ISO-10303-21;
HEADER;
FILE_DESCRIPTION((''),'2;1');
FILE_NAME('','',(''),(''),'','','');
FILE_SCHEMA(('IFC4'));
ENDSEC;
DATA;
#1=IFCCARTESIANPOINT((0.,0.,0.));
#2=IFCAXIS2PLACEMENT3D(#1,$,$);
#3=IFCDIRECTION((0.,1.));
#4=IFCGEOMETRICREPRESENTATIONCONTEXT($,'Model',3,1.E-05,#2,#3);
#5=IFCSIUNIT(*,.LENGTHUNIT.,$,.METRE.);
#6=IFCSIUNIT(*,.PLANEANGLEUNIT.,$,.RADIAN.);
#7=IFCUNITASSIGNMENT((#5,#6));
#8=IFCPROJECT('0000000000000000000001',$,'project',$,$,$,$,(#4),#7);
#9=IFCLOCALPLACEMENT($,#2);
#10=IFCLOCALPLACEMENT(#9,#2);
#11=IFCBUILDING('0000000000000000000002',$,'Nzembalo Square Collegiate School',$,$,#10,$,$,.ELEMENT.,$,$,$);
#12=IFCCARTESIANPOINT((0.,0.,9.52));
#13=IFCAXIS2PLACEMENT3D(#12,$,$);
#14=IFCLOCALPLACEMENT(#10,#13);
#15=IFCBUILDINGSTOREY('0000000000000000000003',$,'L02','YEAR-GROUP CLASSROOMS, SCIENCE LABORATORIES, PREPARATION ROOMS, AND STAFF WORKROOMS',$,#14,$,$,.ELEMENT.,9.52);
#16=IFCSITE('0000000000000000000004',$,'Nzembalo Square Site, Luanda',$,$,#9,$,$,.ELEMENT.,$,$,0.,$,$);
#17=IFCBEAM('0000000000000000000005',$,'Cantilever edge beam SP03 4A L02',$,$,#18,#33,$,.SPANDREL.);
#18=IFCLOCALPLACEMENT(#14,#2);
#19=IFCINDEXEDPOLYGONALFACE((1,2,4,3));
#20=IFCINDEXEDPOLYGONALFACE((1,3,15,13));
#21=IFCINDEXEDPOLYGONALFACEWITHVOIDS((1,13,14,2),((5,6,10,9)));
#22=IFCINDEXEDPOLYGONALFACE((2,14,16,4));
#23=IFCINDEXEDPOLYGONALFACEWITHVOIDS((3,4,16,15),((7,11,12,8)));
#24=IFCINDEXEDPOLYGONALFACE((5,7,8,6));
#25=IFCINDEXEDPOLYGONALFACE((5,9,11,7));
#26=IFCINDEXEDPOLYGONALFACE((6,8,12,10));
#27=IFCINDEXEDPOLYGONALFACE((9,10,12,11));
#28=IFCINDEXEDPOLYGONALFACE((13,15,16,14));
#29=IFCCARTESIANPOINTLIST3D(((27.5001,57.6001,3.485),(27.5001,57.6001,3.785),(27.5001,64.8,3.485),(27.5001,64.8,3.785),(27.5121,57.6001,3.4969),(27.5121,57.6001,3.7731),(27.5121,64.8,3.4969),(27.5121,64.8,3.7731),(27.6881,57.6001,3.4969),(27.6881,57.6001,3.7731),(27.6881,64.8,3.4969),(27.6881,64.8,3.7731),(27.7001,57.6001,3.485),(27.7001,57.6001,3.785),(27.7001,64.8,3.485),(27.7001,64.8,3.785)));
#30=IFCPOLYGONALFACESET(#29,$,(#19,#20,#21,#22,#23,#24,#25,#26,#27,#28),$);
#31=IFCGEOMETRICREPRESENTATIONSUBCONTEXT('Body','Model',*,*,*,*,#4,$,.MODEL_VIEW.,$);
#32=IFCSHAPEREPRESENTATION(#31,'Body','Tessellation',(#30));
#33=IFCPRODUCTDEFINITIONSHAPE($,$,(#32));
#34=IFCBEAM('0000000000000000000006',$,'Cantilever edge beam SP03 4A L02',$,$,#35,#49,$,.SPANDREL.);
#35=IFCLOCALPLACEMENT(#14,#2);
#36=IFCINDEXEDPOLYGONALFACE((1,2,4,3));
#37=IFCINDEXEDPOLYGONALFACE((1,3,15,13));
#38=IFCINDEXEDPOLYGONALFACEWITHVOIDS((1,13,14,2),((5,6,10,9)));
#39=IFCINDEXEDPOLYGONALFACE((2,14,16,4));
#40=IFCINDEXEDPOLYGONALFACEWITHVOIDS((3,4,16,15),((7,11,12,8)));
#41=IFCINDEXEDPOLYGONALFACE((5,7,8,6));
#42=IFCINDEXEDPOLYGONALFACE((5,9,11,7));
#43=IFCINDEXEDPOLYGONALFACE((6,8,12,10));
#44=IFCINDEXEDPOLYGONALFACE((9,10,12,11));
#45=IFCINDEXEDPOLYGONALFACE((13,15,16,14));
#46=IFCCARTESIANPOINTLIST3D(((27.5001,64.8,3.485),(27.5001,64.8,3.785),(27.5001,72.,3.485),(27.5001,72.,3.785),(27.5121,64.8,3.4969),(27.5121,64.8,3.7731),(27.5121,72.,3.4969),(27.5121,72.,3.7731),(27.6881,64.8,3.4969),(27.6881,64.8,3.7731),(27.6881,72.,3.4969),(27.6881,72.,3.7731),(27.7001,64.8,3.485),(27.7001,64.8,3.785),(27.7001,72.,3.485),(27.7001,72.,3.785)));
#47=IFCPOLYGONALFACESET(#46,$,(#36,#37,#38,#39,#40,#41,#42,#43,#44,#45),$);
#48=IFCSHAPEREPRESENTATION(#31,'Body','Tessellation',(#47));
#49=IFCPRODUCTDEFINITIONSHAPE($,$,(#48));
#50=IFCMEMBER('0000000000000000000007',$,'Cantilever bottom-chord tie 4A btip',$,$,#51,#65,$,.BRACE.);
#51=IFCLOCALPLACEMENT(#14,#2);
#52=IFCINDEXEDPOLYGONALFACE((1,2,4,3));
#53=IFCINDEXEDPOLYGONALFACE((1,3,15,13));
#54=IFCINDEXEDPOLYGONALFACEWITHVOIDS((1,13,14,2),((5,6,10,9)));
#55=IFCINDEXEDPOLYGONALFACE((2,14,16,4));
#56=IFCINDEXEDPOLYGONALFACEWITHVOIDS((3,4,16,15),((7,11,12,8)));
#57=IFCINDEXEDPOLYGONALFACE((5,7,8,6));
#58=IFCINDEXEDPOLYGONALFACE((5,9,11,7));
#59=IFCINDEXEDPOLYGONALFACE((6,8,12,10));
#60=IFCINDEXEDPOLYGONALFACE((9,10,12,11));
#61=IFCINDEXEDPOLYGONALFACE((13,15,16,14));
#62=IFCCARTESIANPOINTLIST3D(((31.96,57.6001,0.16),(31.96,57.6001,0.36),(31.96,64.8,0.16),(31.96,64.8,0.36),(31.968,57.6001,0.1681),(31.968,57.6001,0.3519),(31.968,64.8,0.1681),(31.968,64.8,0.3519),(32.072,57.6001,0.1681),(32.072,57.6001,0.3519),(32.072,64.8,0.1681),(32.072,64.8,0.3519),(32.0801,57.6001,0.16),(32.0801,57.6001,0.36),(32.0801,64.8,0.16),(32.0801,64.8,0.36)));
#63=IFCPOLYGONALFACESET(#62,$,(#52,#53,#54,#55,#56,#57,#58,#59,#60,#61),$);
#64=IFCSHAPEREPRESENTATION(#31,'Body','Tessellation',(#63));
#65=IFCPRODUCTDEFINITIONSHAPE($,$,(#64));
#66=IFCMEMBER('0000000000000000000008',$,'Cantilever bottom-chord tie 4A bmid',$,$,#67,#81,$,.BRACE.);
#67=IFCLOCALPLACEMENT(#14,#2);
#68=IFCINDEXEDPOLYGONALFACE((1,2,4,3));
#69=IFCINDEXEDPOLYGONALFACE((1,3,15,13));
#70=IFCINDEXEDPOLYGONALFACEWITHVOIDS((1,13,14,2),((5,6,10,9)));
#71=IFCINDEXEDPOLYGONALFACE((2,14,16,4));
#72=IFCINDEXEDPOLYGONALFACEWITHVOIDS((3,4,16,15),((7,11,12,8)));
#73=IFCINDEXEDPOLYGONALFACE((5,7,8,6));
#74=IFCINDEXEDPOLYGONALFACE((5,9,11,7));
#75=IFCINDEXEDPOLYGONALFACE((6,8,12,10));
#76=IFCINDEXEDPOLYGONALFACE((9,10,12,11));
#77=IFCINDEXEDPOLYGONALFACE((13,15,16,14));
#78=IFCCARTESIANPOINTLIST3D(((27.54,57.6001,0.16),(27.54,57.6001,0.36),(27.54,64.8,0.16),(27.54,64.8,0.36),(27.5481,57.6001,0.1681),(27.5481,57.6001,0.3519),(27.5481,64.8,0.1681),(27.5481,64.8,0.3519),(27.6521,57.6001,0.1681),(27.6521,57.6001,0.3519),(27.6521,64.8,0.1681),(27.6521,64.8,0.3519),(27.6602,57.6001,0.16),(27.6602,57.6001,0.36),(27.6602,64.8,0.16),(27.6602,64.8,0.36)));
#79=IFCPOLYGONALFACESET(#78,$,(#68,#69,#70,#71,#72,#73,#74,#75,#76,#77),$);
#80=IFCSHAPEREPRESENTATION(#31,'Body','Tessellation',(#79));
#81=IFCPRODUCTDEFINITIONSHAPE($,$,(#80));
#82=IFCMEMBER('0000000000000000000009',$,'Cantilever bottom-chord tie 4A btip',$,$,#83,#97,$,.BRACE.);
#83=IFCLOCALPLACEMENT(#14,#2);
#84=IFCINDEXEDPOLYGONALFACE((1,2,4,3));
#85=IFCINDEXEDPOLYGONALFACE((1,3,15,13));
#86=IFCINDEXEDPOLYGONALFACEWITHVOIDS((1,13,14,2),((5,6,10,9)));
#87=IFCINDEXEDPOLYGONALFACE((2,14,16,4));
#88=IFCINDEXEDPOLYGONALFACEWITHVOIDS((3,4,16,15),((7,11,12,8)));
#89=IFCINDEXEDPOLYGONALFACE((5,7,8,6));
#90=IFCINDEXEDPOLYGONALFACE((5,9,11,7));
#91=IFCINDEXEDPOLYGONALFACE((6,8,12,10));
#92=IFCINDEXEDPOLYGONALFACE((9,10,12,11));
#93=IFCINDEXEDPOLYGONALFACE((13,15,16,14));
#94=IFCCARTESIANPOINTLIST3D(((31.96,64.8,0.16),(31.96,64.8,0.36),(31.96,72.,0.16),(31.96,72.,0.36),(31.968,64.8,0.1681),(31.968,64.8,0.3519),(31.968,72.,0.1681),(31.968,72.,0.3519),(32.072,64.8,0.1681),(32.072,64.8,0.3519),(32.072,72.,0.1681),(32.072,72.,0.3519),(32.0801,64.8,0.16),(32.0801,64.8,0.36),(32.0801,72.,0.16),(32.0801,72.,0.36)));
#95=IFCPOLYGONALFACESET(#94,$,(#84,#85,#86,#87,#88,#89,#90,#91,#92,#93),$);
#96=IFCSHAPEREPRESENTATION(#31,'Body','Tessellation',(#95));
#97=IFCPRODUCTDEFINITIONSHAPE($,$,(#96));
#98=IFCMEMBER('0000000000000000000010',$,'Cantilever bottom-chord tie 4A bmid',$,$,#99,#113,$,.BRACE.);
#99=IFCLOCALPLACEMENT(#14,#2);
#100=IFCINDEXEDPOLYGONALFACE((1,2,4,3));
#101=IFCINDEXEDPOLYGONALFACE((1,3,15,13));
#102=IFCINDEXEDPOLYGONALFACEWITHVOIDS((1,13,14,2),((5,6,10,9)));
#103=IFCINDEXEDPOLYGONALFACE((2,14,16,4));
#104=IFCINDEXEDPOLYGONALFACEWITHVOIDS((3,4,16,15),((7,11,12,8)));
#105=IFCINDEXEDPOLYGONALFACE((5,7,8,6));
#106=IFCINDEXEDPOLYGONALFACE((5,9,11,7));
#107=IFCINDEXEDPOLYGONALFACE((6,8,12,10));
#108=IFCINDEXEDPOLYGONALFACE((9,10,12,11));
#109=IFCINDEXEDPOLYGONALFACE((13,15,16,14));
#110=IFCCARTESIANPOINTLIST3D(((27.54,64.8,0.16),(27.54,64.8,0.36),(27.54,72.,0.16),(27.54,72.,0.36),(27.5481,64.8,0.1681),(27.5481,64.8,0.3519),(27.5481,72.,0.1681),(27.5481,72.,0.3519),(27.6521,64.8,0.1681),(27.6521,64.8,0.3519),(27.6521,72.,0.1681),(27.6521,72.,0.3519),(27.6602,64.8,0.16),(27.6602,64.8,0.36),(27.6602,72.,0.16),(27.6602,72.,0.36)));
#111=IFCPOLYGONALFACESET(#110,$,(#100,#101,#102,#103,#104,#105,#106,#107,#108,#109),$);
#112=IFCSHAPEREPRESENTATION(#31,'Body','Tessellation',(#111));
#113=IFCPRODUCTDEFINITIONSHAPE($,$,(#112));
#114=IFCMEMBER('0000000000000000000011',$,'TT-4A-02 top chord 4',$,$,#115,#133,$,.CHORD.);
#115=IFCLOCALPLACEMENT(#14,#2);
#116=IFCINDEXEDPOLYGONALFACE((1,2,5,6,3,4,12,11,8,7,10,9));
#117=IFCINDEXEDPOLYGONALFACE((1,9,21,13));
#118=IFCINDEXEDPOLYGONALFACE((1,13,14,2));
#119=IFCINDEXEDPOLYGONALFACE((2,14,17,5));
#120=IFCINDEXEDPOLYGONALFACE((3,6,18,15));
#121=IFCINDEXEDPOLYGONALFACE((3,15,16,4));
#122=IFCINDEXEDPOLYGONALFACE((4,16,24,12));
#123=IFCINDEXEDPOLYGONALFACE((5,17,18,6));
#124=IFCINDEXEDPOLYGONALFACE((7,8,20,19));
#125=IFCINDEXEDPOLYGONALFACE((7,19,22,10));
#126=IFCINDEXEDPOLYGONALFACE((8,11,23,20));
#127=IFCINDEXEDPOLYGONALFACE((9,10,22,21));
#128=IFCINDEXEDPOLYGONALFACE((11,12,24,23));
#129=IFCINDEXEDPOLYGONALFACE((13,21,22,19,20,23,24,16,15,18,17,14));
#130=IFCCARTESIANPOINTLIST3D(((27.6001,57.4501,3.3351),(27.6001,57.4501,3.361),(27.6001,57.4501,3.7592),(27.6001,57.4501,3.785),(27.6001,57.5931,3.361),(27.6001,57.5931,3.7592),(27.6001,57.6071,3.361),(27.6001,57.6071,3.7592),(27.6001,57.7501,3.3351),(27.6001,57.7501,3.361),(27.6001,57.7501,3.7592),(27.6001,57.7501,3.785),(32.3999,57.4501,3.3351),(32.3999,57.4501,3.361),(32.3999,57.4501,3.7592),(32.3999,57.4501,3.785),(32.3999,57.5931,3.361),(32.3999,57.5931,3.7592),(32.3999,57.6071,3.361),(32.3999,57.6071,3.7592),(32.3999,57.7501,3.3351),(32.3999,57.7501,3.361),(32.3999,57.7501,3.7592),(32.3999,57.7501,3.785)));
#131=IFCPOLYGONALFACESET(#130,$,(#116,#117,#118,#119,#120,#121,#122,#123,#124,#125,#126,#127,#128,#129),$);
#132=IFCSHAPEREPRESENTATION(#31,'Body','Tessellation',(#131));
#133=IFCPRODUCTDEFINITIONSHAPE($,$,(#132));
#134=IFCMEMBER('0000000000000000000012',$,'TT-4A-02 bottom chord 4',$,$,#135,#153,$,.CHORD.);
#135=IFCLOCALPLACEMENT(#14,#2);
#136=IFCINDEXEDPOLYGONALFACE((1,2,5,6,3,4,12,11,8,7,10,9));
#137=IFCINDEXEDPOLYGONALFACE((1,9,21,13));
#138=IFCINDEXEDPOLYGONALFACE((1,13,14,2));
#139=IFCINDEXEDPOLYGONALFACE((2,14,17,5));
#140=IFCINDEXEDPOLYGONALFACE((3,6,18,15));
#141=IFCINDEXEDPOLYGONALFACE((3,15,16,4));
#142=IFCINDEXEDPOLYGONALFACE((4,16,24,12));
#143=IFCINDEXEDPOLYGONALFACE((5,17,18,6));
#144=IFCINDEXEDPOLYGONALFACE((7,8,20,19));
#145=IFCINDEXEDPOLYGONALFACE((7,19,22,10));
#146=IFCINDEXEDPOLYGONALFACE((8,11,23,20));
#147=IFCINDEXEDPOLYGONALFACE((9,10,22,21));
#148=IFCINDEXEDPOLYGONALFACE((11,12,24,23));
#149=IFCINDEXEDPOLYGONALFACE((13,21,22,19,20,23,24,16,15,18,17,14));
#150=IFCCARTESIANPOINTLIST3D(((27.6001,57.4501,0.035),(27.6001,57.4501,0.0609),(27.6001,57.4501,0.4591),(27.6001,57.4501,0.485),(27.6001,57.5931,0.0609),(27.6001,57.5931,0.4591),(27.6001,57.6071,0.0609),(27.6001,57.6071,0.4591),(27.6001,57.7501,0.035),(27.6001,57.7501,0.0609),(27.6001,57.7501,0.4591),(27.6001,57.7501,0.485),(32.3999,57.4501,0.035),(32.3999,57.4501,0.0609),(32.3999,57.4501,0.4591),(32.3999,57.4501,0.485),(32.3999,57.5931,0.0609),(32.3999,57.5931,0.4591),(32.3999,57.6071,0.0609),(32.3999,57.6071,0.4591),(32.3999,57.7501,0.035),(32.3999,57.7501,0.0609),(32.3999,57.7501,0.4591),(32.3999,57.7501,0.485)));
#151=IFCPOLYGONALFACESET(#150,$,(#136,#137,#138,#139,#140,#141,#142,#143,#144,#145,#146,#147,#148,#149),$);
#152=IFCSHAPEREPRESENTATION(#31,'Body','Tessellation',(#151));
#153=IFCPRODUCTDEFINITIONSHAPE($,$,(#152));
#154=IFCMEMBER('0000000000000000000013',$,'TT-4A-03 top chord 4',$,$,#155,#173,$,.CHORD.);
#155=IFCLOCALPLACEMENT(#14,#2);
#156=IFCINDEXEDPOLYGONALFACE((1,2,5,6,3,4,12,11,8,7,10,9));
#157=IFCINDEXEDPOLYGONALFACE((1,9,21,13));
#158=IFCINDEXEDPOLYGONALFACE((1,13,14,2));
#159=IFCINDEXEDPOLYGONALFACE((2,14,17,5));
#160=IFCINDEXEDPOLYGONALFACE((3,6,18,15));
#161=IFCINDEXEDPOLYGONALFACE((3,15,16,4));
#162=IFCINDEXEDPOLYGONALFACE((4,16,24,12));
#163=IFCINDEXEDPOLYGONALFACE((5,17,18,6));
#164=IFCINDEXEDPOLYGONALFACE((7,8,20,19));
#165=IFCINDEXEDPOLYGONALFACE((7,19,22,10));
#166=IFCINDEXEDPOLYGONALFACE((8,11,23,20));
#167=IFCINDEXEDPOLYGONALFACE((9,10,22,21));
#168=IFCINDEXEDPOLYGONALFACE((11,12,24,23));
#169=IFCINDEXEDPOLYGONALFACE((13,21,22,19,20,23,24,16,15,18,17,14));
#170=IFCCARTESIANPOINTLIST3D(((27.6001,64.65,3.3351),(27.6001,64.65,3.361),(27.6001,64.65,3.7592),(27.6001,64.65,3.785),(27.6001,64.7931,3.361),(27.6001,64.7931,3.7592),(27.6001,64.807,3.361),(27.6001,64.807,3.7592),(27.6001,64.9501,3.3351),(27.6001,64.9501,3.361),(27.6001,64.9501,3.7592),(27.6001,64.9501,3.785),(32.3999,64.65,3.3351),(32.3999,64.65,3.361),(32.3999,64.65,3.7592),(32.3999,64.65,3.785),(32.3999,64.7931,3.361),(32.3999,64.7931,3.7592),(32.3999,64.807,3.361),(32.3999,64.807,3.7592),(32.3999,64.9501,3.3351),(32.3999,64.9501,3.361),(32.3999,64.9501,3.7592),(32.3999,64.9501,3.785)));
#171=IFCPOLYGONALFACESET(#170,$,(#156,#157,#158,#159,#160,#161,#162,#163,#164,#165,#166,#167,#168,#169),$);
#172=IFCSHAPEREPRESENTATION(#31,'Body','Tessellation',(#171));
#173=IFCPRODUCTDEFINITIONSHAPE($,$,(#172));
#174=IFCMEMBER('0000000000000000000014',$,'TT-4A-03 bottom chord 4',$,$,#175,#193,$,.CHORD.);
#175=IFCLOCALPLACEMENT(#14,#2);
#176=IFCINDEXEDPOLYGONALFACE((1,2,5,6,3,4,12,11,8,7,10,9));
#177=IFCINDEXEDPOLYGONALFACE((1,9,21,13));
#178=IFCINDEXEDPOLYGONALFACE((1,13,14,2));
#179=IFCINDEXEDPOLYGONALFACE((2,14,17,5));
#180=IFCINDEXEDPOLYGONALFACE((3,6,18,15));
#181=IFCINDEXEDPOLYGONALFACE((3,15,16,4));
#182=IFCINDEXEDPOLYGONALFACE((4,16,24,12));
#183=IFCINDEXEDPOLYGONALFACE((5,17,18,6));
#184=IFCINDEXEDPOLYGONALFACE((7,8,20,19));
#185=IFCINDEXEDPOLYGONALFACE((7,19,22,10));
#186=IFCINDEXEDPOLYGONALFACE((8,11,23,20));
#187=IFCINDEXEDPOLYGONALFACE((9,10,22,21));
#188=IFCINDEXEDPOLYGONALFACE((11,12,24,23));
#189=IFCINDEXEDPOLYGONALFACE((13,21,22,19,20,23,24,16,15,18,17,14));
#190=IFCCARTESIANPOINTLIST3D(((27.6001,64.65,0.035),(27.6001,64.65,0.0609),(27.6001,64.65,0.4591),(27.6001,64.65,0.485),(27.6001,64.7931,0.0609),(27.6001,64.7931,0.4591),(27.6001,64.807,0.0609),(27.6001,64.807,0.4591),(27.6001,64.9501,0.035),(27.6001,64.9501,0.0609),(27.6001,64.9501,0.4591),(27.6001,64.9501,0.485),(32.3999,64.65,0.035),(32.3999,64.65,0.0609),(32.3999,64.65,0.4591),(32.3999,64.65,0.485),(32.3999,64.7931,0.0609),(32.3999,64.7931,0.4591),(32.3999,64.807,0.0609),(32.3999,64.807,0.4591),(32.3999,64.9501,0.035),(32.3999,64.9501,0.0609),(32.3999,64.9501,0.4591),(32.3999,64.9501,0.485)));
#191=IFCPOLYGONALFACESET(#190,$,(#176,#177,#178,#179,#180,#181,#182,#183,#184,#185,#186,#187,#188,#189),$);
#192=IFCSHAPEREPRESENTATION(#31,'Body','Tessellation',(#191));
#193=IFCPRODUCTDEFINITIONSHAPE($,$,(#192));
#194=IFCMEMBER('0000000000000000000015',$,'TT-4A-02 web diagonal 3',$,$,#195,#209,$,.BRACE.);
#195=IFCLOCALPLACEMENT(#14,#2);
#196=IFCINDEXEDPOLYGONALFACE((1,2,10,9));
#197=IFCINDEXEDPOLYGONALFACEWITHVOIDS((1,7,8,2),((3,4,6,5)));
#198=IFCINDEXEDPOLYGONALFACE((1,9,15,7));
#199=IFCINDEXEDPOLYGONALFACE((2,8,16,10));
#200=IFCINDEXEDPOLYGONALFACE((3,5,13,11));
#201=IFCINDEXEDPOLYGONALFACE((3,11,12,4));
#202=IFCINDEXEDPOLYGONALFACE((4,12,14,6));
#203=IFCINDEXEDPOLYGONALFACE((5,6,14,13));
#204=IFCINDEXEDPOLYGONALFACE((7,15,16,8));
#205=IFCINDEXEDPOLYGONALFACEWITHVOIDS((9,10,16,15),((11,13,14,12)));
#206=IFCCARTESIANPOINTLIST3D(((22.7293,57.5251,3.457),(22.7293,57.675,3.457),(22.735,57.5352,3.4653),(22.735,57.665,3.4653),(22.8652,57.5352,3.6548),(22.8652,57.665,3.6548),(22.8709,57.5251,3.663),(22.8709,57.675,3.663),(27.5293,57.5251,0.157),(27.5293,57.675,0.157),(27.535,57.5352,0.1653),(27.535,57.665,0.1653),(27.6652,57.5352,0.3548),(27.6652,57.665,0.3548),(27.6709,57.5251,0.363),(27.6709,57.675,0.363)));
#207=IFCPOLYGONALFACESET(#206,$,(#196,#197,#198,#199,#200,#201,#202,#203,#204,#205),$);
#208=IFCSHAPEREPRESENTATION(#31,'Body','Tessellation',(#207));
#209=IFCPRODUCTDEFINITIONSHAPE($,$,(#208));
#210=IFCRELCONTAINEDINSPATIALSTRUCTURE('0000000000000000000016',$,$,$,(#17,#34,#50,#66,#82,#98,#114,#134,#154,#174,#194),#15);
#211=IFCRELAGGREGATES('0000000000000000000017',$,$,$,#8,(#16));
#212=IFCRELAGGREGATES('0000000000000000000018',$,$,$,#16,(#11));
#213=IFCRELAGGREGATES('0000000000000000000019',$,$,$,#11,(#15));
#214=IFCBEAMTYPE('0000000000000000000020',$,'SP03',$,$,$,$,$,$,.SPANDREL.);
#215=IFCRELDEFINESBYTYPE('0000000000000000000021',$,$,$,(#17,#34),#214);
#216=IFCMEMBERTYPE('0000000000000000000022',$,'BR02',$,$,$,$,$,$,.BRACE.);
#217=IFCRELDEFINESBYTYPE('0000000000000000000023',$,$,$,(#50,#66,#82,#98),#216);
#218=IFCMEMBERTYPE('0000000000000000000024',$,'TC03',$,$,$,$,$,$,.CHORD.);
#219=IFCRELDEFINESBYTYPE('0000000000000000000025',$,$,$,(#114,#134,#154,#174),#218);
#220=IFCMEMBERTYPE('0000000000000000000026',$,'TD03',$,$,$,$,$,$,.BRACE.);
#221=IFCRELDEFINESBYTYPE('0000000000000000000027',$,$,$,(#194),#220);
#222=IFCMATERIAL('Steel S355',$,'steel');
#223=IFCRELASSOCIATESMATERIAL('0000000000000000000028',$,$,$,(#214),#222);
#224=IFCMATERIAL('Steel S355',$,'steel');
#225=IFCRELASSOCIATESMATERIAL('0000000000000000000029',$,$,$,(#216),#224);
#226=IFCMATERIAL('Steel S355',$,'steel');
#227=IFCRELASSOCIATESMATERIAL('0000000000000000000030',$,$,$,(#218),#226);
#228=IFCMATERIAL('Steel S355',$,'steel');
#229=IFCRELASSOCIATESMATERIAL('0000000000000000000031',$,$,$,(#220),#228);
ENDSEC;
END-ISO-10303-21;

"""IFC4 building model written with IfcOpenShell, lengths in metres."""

from ifc_helpers import new_model, si_unit, direction, frame, origin, origin_2d, place, context, subcontext, project, spatial, hollow_rectangle, i_section, extrude, material, material_profile, profile_set, type_object, element, save


model = new_model("IFC4")

# Units and contexts
model_context = context("Model", 3, precision=1e-05, world=origin(), true_north=direction((0.0, 1.0)))
body_context = subcontext(model_context, "Body", "Model", "MODEL_VIEW")
ifc_project = project(units=[si_unit("LENGTHUNIT", "METRE"), si_unit("PLANEANGLEUNIT", "RADIAN")], contexts=[model_context])

# Site, building, storey
site_placement = place(None, origin())
site = spatial("IfcSite", under=ifc_project, at=site_placement, Name="Nzembalo Square Site, Luanda", CompositionType="ELEMENT", RefElevation=0.0)
building_placement = place(site_placement, origin())
building = spatial("IfcBuilding", under=site, at=building_placement, Name="Nzembalo Square Collegiate School", CompositionType="ELEMENT")
storey_placement = place(building_placement, frame((0.0, 0.0, 9.52)))
storey = spatial("IfcBuildingStorey", under=building, at=storey_placement, Name="L02", Description="YEAR-GROUP CLASSROOMS, SCIENCE LABORATORIES, PREPARATION ROOMS, AND STAFF WORKROOMS", CompositionType="ELEMENT", Elevation=9.52)

# Beams
ifc_material_1 = material(Name="Steel S355", Category="steel")
ifc_material_profile_1 = material_profile(ifc_material_1, hollow_rectangle(XDim=0.2, YDim=0.3, WallThickness=0.012, at=origin_2d()), Name="RHS 300x200x12")
ifc_profile_set_1 = profile_set([ifc_material_profile_1], Name="Steel S355")
beam_type = type_object("IfcBeamType", Name="SP03", PredefinedType="SPANDREL", material=ifc_profile_set_1)
for number, where, z_axis, x_axis, name in (
    (1, (27.6001, 57.6001, 3.635), (0.0, 1.0, 0.0), (-1.0, 0.0, 0.0), "Cantilever edge beam SP03 4A L02"),
    (2, (27.6001, 64.8, 3.635), (0.0, 1.0, 0.0), (-1.0, 0.0, 0.0), "Cantilever edge beam SP03 4A L02"),
):
    element("IfcBeam", number, at=place(storey_placement, frame(where, z_axis=z_axis, x_axis=x_axis)), inside=storey, type_object=beam_type, Name=name, PredefinedType="SPANDREL", context=body_context, shape_type="SweptSolid", body=[
        extrude(hollow_rectangle(XDim=0.2, YDim=0.3, WallThickness=0.012, at=origin_2d()), origin(), (0.0, 0.0, 1.0), 7.2),
    ])

# Members
ifc_material_2 = material(Name="Steel S355", Category="steel")
ifc_material_profile_2 = material_profile(ifc_material_2, hollow_rectangle(XDim=0.1201, YDim=0.2, WallThickness=0.0081, at=origin_2d()), Name="RHS 200x120x8")
ifc_profile_set_2 = profile_set([ifc_material_profile_2], Name="Steel S355")
member_type_1 = type_object("IfcMemberType", Name="BR02", PredefinedType="BRACE", material=ifc_profile_set_2)
for number, where, z_axis, x_axis, name in (
    (3, (32.02, 57.6001, 0.26), (0.0, 1.0, 0.0), (-1.0, 0.0, 0.0), "Cantilever bottom-chord tie 4A btip"),
    (4, (27.6001, 57.6001, 0.26), (0.0, 1.0, 0.0), (-1.0, 0.0, 0.0), "Cantilever bottom-chord tie 4A bmid"),
    (5, (32.02, 64.8, 0.26), (0.0, 1.0, 0.0), (-1.0, 0.0, 0.0), "Cantilever bottom-chord tie 4A btip"),
    (6, (27.6001, 64.8, 0.26), (0.0, 1.0, 0.0), (-1.0, 0.0, 0.0), "Cantilever bottom-chord tie 4A bmid"),
):
    element("IfcMember", number, at=place(storey_placement, frame(where, z_axis=z_axis, x_axis=x_axis)), inside=storey, type_object=member_type_1, Name=name, PredefinedType="BRACE", context=body_context, shape_type="SweptSolid", body=[
        extrude(hollow_rectangle(XDim=0.1201, YDim=0.2, WallThickness=0.0081, at=origin_2d()), origin(), (0.0, 0.0, 1.0), 7.2),
    ])
ifc_material_3 = material(Name="Steel S355", Category="steel")
ifc_material_profile_3 = material_profile(ifc_material_3, i_section(OverallWidth=0.3, OverallDepth=0.45, WebThickness=0.0139, FlangeThickness=0.0259, at=origin_2d()), Name="HEB 450")
ifc_profile_set_3 = profile_set([ifc_material_profile_3], Name="Steel S355")
member_type_2 = type_object("IfcMemberType", Name="TC03", PredefinedType="CHORD", material=ifc_profile_set_3)
for number, where, z_axis, x_axis, name in (
    (7, (27.6001, 57.6001, 3.5601), (1.0, 0.0, 0.0), (0.0, 1.0, 0.0), "TT-4A-02 top chord 4"),
    (8, (27.6001, 57.6001, 0.26), (1.0, 0.0, 0.0), (0.0, 1.0, 0.0), "TT-4A-02 bottom chord 4"),
    (9, (27.6001, 64.8, 3.5601), (1.0, 0.0, 0.0), (0.0, 1.0, 0.0), "TT-4A-03 top chord 4"),
    (10, (27.6001, 64.8, 0.26), (1.0, 0.0, 0.0), (0.0, 1.0, 0.0), "TT-4A-03 bottom chord 4"),
):
    element("IfcMember", number, at=place(storey_placement, frame(where, z_axis=z_axis, x_axis=x_axis)), inside=storey, type_object=member_type_2, Name=name, PredefinedType="CHORD", context=body_context, shape_type="SweptSolid", body=[
        extrude(i_section(OverallWidth=0.3, OverallDepth=0.45, WebThickness=0.0139, FlangeThickness=0.0259, at=origin_2d()), origin(), (0.0, 0.0, 1.0), 4.7998),
    ])
ifc_material_4 = material(Name="Steel S355", Category="steel")
ifc_material_profile_4 = material_profile(ifc_material_4, hollow_rectangle(XDim=0.1499, YDim=0.25, WallThickness=0.01, at=origin_2d()), Name="RHS 250x150x10")
ifc_profile_set_4 = profile_set([ifc_material_profile_4], Name="Steel S355")
member_type_3 = type_object("IfcMemberType", Name="TD03", PredefinedType="BRACE", material=ifc_profile_set_4)
member_1_placement = place(storey_placement, frame((27.6001, 57.6001, 0.26), z_axis=(-0.824041, 0.0, 0.566531), x_axis=(0.0, -1.0, 0.0)))
element("IfcMember", 11, at=member_1_placement, inside=storey, type_object=member_type_3, Name="TT-4A-02 web diagonal 3", PredefinedType="BRACE", context=body_context, shape_type="SweptSolid", body=[
    extrude(hollow_rectangle(XDim=0.1499, YDim=0.25, WallThickness=0.01, at=origin_2d()), origin(), (0.0, 0.0, 1.0), 5.825),
])

save(model, "model.ifc")
